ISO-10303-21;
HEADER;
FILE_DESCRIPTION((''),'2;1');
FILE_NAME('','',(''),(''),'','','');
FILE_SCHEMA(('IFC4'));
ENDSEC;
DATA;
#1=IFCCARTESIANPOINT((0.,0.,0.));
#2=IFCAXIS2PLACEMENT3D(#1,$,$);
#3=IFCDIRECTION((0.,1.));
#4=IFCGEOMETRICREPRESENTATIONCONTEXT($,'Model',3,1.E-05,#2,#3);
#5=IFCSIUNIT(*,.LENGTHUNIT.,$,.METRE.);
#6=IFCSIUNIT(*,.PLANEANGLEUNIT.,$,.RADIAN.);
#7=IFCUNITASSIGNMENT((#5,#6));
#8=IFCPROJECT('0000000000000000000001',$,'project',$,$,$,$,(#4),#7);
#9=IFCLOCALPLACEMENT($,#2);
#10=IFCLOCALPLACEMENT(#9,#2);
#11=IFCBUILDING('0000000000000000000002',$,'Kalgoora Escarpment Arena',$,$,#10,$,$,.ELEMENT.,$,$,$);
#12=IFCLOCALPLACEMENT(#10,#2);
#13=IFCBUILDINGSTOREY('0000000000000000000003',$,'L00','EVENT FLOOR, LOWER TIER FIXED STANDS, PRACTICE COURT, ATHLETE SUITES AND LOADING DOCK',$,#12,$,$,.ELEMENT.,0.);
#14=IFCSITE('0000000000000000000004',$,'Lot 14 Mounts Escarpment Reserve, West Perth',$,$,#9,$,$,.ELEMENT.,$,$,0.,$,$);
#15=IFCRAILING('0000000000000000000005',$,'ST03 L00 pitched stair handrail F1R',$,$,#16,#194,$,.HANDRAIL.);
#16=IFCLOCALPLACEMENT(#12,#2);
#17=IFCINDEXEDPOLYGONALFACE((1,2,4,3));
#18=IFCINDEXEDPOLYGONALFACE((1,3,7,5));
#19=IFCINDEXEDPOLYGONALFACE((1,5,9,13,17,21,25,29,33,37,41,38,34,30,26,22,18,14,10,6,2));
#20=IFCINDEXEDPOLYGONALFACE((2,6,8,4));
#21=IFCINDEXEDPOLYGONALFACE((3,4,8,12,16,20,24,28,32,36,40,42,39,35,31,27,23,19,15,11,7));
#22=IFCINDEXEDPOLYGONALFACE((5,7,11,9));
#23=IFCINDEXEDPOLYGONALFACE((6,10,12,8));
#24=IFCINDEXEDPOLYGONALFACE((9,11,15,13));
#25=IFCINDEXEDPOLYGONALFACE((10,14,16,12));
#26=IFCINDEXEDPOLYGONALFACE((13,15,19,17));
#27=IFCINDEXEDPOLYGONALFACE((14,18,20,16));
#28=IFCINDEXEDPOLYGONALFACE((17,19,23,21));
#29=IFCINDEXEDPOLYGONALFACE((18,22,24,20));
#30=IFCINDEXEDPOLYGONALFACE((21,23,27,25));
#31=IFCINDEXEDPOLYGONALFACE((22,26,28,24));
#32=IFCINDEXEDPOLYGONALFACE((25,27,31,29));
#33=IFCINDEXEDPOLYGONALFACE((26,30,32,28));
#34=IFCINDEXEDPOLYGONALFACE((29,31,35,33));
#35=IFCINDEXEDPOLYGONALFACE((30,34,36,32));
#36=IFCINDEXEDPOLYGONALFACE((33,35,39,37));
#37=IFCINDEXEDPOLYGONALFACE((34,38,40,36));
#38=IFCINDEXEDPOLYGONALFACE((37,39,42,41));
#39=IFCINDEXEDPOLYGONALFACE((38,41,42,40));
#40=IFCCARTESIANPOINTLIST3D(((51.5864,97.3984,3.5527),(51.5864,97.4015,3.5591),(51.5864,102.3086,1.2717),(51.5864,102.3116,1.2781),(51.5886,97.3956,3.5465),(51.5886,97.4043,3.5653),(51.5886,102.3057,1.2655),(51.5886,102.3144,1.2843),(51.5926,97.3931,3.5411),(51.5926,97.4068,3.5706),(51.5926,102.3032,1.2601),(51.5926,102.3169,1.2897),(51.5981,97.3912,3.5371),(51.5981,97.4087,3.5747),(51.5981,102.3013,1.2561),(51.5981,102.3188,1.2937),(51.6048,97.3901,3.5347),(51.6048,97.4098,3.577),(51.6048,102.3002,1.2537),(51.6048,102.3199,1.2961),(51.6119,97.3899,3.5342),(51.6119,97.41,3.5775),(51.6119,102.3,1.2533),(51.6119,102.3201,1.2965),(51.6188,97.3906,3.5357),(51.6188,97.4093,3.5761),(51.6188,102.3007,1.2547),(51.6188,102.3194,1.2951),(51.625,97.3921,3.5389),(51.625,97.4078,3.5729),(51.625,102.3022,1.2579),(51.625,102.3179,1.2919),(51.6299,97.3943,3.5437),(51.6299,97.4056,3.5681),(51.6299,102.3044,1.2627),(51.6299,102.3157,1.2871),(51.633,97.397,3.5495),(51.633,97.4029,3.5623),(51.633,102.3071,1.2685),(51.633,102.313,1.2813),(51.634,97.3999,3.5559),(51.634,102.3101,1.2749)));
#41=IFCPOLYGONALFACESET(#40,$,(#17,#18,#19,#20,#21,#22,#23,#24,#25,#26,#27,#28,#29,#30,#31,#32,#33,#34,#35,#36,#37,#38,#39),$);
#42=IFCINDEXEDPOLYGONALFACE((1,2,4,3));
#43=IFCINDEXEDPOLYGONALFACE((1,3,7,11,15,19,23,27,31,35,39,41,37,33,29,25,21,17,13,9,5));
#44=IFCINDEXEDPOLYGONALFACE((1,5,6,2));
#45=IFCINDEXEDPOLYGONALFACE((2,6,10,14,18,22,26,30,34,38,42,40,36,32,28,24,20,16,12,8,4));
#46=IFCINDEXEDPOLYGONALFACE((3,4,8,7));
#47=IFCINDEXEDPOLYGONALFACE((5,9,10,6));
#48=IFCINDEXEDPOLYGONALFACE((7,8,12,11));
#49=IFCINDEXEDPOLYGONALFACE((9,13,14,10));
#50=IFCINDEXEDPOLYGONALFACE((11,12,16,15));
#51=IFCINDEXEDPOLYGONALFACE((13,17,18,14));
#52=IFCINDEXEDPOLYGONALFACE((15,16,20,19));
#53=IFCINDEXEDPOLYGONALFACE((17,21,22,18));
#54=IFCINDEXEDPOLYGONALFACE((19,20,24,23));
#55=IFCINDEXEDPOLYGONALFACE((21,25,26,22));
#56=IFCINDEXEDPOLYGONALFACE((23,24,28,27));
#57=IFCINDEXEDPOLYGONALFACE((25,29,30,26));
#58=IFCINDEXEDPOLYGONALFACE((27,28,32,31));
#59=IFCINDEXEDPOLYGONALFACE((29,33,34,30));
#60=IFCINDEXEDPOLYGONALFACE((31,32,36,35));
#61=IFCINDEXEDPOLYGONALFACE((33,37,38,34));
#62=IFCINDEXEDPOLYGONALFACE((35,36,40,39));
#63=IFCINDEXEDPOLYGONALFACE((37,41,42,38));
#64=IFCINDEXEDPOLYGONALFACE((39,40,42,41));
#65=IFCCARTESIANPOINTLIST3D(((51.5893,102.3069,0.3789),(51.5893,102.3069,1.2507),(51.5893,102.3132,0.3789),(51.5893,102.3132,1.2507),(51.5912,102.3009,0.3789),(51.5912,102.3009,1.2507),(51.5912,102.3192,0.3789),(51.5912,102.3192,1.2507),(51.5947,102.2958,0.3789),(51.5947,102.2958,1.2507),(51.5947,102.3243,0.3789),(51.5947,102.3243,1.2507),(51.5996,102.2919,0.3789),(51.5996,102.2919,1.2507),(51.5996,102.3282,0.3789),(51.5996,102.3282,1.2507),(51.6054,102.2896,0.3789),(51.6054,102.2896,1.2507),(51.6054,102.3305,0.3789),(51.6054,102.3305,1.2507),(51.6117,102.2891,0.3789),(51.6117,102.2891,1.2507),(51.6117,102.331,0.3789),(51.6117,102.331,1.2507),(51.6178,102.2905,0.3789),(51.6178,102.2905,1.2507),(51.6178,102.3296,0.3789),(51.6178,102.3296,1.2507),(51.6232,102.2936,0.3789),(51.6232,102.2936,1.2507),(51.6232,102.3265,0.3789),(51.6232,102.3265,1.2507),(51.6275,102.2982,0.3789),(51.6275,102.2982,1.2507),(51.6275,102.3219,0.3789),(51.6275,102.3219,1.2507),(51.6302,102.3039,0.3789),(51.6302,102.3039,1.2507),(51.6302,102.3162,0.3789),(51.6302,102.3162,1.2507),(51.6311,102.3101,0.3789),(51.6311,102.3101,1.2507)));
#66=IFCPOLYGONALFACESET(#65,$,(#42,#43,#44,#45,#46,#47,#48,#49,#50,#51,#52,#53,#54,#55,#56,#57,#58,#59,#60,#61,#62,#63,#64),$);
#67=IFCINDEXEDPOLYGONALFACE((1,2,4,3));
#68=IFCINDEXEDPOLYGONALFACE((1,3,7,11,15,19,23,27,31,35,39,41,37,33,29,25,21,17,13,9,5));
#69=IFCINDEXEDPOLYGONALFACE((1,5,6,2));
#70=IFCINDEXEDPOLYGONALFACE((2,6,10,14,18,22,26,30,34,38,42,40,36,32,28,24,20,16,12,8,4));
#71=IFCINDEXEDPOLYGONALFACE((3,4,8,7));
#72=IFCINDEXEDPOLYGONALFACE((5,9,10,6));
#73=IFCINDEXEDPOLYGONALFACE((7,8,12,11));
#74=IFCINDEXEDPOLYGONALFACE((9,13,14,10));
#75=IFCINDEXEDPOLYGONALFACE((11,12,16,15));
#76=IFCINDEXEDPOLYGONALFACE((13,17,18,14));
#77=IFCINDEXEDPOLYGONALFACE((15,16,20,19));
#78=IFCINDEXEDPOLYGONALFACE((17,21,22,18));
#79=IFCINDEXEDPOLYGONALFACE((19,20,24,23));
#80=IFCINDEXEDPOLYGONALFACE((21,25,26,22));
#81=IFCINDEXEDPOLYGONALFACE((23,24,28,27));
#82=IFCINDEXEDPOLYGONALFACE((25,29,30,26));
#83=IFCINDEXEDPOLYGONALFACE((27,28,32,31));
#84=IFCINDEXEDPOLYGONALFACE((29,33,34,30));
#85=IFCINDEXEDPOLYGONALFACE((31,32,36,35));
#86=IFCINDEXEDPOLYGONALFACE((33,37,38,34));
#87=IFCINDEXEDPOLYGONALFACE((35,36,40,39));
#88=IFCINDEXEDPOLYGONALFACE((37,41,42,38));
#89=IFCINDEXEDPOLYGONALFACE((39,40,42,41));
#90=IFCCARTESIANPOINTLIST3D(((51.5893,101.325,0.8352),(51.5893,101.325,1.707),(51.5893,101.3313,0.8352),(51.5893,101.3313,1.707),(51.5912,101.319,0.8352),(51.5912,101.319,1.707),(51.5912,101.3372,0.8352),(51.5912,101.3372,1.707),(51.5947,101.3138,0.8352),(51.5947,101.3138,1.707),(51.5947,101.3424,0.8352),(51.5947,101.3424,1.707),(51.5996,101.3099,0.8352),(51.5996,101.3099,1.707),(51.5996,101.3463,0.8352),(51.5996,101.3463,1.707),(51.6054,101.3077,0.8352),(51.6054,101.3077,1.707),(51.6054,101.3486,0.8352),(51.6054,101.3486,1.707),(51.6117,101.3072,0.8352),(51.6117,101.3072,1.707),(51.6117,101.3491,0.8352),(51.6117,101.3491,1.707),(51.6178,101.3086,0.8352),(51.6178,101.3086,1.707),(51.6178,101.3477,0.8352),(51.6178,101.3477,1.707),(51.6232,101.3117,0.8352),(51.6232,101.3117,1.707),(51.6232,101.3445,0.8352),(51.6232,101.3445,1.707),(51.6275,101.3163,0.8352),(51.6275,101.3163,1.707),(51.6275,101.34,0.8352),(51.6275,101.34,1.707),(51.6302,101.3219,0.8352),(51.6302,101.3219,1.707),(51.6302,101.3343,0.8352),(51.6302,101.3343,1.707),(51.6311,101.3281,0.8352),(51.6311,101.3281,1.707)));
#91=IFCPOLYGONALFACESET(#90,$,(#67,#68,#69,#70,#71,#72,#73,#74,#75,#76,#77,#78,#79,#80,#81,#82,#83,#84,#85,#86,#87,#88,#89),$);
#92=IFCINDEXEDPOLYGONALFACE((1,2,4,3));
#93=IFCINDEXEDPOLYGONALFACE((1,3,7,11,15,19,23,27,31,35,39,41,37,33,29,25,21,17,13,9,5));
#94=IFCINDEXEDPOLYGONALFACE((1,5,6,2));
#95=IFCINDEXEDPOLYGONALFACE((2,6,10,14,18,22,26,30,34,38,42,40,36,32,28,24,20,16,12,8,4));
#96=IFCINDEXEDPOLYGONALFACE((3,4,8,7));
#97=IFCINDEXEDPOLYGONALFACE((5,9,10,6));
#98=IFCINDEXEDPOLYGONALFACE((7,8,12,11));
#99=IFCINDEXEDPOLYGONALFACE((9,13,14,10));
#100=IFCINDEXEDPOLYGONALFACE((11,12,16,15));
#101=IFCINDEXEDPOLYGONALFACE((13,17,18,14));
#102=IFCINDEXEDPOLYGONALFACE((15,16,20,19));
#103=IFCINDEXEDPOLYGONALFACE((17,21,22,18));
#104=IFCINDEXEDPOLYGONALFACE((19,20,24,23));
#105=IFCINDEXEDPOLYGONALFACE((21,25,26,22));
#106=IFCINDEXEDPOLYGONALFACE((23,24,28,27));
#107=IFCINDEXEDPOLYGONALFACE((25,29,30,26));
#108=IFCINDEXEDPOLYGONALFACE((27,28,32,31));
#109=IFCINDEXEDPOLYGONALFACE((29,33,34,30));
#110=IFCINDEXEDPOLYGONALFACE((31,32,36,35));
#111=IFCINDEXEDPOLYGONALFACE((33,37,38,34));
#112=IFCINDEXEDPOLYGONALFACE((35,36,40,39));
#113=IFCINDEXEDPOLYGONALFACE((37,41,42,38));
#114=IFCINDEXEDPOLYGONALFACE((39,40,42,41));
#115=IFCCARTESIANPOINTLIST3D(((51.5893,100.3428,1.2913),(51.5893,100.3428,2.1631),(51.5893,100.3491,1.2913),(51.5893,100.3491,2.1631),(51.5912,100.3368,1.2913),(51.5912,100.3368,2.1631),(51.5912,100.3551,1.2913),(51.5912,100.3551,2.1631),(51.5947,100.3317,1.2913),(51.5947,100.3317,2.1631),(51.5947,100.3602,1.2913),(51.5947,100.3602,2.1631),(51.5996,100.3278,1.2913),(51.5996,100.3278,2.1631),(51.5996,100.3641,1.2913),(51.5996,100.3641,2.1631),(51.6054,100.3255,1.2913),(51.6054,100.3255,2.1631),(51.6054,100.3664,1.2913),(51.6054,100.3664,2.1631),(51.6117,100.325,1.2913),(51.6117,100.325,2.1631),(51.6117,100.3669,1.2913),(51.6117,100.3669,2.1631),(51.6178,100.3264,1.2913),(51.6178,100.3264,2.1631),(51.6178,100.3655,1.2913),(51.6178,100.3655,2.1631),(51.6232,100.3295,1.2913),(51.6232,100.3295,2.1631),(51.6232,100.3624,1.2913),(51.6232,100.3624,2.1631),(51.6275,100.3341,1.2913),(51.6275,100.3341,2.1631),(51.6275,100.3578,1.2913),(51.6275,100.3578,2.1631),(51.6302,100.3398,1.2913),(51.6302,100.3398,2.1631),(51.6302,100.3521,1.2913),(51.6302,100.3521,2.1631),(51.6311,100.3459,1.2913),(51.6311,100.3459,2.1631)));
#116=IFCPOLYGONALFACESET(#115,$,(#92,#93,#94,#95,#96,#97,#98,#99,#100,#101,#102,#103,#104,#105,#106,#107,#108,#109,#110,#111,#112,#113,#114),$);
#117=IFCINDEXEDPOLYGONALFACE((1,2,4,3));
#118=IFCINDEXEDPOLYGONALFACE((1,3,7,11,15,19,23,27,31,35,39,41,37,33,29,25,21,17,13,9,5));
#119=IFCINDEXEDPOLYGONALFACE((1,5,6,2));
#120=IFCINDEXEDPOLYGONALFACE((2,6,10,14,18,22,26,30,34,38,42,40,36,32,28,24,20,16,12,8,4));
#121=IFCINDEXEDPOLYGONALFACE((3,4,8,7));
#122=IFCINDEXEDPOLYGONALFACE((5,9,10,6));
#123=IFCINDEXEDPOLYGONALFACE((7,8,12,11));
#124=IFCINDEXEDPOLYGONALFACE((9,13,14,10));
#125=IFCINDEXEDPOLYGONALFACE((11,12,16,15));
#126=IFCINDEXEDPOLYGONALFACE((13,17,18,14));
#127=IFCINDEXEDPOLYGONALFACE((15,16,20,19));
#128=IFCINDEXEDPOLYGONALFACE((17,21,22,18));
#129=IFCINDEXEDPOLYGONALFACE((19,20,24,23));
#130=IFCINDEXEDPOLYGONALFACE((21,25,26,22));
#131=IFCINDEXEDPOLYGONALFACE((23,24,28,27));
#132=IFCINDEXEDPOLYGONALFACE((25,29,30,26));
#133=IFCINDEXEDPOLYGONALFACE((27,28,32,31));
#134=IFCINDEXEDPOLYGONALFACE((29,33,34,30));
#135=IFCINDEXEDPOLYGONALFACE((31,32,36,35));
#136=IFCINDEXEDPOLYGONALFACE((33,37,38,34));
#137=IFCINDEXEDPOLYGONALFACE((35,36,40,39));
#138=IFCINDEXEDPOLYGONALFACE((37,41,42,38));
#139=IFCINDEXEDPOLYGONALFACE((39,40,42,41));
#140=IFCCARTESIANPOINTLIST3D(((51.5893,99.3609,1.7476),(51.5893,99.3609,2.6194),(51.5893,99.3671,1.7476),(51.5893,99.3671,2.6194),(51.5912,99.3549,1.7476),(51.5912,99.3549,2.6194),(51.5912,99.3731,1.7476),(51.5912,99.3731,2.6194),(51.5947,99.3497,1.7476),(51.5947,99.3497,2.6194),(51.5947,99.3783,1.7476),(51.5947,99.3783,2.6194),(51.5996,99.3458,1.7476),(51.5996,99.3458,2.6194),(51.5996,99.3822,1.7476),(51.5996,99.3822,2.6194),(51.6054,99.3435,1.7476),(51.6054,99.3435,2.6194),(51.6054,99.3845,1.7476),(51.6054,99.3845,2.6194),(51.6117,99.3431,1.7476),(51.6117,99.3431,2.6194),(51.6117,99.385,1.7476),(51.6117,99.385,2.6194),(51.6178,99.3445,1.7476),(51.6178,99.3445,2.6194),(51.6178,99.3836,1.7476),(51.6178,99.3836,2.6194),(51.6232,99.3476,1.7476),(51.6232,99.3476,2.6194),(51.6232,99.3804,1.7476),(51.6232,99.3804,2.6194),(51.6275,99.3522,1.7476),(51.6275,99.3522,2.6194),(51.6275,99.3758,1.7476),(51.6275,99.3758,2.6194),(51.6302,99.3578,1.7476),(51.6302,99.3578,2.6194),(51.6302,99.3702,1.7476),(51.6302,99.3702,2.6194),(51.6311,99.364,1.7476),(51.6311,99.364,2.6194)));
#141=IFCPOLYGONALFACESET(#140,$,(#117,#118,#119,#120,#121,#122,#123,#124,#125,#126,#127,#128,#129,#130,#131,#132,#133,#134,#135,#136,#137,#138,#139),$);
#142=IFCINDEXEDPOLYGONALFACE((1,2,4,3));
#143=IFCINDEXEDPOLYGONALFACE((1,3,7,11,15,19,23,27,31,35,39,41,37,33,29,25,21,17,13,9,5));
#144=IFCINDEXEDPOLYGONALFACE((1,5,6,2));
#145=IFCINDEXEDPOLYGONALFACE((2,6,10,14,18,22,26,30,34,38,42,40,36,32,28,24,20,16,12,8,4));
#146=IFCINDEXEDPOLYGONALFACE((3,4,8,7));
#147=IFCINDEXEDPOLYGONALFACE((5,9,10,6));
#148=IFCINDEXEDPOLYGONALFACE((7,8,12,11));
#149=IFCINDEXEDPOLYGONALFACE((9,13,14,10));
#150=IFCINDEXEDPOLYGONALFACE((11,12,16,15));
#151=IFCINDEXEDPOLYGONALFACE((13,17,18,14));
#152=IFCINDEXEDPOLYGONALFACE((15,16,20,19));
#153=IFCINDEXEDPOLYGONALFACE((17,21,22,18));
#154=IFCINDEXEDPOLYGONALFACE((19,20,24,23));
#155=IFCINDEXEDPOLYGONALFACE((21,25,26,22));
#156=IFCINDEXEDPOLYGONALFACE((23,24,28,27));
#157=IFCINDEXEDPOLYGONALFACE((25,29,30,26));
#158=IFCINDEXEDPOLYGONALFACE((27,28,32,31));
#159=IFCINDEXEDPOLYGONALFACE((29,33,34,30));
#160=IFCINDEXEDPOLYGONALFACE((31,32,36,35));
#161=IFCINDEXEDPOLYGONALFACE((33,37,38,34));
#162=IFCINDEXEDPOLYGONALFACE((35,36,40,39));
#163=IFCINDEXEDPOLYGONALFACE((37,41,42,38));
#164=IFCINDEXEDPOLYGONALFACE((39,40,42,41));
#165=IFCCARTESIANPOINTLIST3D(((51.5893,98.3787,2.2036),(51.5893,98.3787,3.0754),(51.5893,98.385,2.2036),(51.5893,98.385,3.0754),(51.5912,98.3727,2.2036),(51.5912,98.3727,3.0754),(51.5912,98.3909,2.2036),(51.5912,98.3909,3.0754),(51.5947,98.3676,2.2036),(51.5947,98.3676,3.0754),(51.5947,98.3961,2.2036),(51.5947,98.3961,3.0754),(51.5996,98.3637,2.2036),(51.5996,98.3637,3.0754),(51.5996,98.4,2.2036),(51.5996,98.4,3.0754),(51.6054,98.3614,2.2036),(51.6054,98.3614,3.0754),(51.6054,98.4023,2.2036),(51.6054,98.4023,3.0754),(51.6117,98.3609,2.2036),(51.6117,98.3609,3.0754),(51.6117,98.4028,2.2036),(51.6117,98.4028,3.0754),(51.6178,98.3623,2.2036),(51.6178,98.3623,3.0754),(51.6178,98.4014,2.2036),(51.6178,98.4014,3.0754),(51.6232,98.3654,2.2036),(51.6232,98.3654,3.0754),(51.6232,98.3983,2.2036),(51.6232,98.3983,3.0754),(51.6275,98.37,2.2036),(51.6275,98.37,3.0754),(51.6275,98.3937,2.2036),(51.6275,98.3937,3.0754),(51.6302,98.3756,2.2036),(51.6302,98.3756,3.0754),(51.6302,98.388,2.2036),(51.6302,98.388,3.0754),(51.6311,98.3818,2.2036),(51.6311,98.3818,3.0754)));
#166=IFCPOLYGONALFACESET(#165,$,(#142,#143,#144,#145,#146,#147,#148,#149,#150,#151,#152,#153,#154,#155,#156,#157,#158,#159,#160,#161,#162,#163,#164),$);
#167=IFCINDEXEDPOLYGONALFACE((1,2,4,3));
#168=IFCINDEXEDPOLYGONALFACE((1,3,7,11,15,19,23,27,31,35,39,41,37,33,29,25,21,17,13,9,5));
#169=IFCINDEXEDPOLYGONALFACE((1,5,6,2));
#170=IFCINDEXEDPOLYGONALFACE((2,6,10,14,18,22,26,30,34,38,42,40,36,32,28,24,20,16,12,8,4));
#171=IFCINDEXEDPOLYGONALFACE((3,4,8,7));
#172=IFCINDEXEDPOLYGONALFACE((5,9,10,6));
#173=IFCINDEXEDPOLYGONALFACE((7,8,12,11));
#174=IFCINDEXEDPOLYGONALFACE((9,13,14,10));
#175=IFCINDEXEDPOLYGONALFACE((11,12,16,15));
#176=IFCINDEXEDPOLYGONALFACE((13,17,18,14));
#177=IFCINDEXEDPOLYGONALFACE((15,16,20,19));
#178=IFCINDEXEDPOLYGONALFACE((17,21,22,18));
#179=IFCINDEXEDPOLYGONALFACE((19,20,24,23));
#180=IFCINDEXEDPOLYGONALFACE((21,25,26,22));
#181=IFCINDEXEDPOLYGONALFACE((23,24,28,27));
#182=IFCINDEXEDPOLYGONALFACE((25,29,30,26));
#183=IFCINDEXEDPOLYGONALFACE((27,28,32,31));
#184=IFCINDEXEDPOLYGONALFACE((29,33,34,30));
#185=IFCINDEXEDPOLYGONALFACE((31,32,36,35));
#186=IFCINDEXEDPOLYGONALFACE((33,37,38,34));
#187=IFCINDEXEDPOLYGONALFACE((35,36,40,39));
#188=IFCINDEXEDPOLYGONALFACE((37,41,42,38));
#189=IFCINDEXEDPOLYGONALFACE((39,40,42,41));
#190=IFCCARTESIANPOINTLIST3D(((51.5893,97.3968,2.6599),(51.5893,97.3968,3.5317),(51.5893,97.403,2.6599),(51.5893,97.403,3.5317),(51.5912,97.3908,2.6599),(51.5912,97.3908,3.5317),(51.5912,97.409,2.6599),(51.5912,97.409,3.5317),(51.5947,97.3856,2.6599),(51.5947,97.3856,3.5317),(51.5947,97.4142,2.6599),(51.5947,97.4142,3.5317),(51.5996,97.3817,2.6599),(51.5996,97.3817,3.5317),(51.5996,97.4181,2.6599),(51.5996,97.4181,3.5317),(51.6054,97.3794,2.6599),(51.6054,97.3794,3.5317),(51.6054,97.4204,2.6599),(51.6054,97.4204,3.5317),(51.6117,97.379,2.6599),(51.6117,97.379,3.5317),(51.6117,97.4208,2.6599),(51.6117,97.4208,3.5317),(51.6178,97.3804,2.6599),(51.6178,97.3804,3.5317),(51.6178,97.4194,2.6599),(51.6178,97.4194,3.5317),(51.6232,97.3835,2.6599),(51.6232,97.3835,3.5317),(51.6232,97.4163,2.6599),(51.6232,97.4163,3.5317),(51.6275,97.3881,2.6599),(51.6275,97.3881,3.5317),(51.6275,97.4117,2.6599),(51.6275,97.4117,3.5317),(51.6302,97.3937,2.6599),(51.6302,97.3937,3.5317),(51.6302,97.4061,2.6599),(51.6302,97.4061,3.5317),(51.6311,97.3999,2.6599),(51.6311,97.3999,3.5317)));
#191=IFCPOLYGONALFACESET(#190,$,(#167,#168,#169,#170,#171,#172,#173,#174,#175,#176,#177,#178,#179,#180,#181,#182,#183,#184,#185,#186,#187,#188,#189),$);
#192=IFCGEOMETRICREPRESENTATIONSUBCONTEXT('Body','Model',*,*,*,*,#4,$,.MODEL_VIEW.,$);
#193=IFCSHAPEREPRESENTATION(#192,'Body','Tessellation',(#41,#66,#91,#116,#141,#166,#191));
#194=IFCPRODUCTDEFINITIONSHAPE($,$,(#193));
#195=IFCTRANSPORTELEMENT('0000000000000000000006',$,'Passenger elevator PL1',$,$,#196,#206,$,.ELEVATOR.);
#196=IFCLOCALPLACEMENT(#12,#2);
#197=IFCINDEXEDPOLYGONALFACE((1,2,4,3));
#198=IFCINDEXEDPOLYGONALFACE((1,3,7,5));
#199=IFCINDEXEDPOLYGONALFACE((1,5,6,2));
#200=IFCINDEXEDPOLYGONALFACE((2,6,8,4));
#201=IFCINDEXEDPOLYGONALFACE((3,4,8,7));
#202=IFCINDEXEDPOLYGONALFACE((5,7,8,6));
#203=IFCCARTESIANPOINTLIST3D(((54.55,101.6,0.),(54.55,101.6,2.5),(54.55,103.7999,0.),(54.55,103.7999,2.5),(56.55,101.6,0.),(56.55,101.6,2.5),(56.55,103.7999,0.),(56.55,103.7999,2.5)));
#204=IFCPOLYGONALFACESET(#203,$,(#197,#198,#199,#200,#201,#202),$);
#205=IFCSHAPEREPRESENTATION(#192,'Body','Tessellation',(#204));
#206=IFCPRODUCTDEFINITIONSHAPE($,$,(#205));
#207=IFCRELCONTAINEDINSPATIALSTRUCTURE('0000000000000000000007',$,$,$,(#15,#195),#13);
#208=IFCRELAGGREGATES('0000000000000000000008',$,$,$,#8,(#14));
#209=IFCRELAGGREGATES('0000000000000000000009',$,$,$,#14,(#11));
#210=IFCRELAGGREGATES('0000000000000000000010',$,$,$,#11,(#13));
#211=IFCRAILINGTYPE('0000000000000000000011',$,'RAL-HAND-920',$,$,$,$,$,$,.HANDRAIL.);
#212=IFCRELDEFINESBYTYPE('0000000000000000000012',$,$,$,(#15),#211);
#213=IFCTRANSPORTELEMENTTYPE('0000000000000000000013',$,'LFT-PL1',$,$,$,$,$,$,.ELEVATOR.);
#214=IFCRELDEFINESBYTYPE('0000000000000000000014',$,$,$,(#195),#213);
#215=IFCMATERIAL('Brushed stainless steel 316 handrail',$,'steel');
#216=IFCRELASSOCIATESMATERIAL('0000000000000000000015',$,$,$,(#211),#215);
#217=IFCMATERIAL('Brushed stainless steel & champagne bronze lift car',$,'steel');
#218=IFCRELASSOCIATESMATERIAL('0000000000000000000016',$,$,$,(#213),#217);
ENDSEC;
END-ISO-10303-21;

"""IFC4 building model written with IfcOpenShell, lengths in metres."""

from ifc_helpers import new_model, si_unit, direction, frame, origin, origin_2d, place, context, subcontext, project, spatial, rectangle, circle, extrude, material, type_object, element, save


model = new_model("IFC4")

# Units and contexts
model_context = context("Model", 3, precision=1e-05, world=origin(), true_north=direction((0.0, 1.0)))
body_context = subcontext(model_context, "Body", "Model", "MODEL_VIEW")
ifc_project = project(units=[si_unit("LENGTHUNIT", "METRE"), si_unit("PLANEANGLEUNIT", "RADIAN")], contexts=[model_context])

# Site, building, storey
site_placement = place(None, origin())
site = spatial("IfcSite", under=ifc_project, at=site_placement, Name="Lot 14 Mounts Escarpment Reserve, West Perth", CompositionType="ELEMENT", RefElevation=0.0)
building_placement = place(site_placement, origin())
building = spatial("IfcBuilding", under=site, at=building_placement, Name="Kalgoora Escarpment Arena", CompositionType="ELEMENT")
storey_placement = place(building_placement, origin())
storey = spatial("IfcBuildingStorey", under=building, at=storey_placement, Name="L00", Description="EVENT FLOOR, LOWER TIER FIXED STANDS, PRACTICE COURT, ATHLETE SUITES AND LOADING DOCK", CompositionType="ELEMENT", Elevation=0.0)

# Railing
ifc_material_1 = material(Name="Brushed stainless steel 316 handrail", Category="steel")
railing_type = type_object("IfcRailingType", Name="RAL-HAND-920", PredefinedType="HANDRAIL", material=ifc_material_1)
for number, where, name in (
    (1, (51.6101, 102.3101, 0.3789), "ST03 L00 pitched stair handrail F1R"),
):
    element("IfcRailing", number, at=place(storey_placement, frame(where)), inside=storey, type_object=railing_type, Name=name, PredefinedType="HANDRAIL", context=body_context, shape_type="SweptSolid", body=[
        extrude(circle(Radius=0.0239, at=origin_2d()), frame((0.0, 0.0, 0.896), z_axis=(0.0, -0.906918, 0.421307), x_axis=(1.0, 0.0, 0.0)), (0.0, 0.0, 1.0), 5.4141),
        extrude(circle(Radius=0.021, at=origin_2d()), origin(), (0.0, 0.0, 1.0), 0.8718),
        extrude(circle(Radius=0.021, at=origin_2d()), frame((0.0, -0.9819, 0.4563)), (0.0, 0.0, 1.0), 0.8718),
        extrude(circle(Radius=0.021, at=origin_2d()), frame((0.0, -1.9641, 0.9124)), (0.0, 0.0, 1.0), 0.8718),
        extrude(circle(Radius=0.021, at=origin_2d()), frame((0.0, -2.946, 1.3687)), (0.0, 0.0, 1.0), 0.8718),
        extrude(circle(Radius=0.021, at=origin_2d()), frame((0.0, -3.9282, 1.8247)), (0.0, 0.0, 1.0), 0.8718),
        extrude(circle(Radius=0.021, at=origin_2d()), frame((0.0, -4.9102, 2.281)), (0.0, 0.0, 1.0), 0.8718),
    ])

# Transport element
ifc_material_2 = material(Name="Brushed stainless steel & champagne bronze lift car", Category="steel")
transport_element_type = type_object("IfcTransportElementType", Name="LFT-PL1", PredefinedType="ELEVATOR", material=ifc_material_2)
transport_element_placement = place(storey_placement, frame((55.55, 102.7, 0.0), z_axis=(0.0, 0.0, 1.0), x_axis=(1.0, 0.0, 0.0)))
element("IfcTransportElement", 2, at=transport_element_placement, inside=storey, type_object=transport_element_type, Name="Passenger elevator PL1", PredefinedType="ELEVATOR", context=body_context, shape_type="SweptSolid", body=[
    extrude(rectangle(XDim=2.0, YDim=2.2, at=origin_2d()), origin(), (0.0, 0.0, 1.0), 2.5),
])

save(model, "model.ifc")
